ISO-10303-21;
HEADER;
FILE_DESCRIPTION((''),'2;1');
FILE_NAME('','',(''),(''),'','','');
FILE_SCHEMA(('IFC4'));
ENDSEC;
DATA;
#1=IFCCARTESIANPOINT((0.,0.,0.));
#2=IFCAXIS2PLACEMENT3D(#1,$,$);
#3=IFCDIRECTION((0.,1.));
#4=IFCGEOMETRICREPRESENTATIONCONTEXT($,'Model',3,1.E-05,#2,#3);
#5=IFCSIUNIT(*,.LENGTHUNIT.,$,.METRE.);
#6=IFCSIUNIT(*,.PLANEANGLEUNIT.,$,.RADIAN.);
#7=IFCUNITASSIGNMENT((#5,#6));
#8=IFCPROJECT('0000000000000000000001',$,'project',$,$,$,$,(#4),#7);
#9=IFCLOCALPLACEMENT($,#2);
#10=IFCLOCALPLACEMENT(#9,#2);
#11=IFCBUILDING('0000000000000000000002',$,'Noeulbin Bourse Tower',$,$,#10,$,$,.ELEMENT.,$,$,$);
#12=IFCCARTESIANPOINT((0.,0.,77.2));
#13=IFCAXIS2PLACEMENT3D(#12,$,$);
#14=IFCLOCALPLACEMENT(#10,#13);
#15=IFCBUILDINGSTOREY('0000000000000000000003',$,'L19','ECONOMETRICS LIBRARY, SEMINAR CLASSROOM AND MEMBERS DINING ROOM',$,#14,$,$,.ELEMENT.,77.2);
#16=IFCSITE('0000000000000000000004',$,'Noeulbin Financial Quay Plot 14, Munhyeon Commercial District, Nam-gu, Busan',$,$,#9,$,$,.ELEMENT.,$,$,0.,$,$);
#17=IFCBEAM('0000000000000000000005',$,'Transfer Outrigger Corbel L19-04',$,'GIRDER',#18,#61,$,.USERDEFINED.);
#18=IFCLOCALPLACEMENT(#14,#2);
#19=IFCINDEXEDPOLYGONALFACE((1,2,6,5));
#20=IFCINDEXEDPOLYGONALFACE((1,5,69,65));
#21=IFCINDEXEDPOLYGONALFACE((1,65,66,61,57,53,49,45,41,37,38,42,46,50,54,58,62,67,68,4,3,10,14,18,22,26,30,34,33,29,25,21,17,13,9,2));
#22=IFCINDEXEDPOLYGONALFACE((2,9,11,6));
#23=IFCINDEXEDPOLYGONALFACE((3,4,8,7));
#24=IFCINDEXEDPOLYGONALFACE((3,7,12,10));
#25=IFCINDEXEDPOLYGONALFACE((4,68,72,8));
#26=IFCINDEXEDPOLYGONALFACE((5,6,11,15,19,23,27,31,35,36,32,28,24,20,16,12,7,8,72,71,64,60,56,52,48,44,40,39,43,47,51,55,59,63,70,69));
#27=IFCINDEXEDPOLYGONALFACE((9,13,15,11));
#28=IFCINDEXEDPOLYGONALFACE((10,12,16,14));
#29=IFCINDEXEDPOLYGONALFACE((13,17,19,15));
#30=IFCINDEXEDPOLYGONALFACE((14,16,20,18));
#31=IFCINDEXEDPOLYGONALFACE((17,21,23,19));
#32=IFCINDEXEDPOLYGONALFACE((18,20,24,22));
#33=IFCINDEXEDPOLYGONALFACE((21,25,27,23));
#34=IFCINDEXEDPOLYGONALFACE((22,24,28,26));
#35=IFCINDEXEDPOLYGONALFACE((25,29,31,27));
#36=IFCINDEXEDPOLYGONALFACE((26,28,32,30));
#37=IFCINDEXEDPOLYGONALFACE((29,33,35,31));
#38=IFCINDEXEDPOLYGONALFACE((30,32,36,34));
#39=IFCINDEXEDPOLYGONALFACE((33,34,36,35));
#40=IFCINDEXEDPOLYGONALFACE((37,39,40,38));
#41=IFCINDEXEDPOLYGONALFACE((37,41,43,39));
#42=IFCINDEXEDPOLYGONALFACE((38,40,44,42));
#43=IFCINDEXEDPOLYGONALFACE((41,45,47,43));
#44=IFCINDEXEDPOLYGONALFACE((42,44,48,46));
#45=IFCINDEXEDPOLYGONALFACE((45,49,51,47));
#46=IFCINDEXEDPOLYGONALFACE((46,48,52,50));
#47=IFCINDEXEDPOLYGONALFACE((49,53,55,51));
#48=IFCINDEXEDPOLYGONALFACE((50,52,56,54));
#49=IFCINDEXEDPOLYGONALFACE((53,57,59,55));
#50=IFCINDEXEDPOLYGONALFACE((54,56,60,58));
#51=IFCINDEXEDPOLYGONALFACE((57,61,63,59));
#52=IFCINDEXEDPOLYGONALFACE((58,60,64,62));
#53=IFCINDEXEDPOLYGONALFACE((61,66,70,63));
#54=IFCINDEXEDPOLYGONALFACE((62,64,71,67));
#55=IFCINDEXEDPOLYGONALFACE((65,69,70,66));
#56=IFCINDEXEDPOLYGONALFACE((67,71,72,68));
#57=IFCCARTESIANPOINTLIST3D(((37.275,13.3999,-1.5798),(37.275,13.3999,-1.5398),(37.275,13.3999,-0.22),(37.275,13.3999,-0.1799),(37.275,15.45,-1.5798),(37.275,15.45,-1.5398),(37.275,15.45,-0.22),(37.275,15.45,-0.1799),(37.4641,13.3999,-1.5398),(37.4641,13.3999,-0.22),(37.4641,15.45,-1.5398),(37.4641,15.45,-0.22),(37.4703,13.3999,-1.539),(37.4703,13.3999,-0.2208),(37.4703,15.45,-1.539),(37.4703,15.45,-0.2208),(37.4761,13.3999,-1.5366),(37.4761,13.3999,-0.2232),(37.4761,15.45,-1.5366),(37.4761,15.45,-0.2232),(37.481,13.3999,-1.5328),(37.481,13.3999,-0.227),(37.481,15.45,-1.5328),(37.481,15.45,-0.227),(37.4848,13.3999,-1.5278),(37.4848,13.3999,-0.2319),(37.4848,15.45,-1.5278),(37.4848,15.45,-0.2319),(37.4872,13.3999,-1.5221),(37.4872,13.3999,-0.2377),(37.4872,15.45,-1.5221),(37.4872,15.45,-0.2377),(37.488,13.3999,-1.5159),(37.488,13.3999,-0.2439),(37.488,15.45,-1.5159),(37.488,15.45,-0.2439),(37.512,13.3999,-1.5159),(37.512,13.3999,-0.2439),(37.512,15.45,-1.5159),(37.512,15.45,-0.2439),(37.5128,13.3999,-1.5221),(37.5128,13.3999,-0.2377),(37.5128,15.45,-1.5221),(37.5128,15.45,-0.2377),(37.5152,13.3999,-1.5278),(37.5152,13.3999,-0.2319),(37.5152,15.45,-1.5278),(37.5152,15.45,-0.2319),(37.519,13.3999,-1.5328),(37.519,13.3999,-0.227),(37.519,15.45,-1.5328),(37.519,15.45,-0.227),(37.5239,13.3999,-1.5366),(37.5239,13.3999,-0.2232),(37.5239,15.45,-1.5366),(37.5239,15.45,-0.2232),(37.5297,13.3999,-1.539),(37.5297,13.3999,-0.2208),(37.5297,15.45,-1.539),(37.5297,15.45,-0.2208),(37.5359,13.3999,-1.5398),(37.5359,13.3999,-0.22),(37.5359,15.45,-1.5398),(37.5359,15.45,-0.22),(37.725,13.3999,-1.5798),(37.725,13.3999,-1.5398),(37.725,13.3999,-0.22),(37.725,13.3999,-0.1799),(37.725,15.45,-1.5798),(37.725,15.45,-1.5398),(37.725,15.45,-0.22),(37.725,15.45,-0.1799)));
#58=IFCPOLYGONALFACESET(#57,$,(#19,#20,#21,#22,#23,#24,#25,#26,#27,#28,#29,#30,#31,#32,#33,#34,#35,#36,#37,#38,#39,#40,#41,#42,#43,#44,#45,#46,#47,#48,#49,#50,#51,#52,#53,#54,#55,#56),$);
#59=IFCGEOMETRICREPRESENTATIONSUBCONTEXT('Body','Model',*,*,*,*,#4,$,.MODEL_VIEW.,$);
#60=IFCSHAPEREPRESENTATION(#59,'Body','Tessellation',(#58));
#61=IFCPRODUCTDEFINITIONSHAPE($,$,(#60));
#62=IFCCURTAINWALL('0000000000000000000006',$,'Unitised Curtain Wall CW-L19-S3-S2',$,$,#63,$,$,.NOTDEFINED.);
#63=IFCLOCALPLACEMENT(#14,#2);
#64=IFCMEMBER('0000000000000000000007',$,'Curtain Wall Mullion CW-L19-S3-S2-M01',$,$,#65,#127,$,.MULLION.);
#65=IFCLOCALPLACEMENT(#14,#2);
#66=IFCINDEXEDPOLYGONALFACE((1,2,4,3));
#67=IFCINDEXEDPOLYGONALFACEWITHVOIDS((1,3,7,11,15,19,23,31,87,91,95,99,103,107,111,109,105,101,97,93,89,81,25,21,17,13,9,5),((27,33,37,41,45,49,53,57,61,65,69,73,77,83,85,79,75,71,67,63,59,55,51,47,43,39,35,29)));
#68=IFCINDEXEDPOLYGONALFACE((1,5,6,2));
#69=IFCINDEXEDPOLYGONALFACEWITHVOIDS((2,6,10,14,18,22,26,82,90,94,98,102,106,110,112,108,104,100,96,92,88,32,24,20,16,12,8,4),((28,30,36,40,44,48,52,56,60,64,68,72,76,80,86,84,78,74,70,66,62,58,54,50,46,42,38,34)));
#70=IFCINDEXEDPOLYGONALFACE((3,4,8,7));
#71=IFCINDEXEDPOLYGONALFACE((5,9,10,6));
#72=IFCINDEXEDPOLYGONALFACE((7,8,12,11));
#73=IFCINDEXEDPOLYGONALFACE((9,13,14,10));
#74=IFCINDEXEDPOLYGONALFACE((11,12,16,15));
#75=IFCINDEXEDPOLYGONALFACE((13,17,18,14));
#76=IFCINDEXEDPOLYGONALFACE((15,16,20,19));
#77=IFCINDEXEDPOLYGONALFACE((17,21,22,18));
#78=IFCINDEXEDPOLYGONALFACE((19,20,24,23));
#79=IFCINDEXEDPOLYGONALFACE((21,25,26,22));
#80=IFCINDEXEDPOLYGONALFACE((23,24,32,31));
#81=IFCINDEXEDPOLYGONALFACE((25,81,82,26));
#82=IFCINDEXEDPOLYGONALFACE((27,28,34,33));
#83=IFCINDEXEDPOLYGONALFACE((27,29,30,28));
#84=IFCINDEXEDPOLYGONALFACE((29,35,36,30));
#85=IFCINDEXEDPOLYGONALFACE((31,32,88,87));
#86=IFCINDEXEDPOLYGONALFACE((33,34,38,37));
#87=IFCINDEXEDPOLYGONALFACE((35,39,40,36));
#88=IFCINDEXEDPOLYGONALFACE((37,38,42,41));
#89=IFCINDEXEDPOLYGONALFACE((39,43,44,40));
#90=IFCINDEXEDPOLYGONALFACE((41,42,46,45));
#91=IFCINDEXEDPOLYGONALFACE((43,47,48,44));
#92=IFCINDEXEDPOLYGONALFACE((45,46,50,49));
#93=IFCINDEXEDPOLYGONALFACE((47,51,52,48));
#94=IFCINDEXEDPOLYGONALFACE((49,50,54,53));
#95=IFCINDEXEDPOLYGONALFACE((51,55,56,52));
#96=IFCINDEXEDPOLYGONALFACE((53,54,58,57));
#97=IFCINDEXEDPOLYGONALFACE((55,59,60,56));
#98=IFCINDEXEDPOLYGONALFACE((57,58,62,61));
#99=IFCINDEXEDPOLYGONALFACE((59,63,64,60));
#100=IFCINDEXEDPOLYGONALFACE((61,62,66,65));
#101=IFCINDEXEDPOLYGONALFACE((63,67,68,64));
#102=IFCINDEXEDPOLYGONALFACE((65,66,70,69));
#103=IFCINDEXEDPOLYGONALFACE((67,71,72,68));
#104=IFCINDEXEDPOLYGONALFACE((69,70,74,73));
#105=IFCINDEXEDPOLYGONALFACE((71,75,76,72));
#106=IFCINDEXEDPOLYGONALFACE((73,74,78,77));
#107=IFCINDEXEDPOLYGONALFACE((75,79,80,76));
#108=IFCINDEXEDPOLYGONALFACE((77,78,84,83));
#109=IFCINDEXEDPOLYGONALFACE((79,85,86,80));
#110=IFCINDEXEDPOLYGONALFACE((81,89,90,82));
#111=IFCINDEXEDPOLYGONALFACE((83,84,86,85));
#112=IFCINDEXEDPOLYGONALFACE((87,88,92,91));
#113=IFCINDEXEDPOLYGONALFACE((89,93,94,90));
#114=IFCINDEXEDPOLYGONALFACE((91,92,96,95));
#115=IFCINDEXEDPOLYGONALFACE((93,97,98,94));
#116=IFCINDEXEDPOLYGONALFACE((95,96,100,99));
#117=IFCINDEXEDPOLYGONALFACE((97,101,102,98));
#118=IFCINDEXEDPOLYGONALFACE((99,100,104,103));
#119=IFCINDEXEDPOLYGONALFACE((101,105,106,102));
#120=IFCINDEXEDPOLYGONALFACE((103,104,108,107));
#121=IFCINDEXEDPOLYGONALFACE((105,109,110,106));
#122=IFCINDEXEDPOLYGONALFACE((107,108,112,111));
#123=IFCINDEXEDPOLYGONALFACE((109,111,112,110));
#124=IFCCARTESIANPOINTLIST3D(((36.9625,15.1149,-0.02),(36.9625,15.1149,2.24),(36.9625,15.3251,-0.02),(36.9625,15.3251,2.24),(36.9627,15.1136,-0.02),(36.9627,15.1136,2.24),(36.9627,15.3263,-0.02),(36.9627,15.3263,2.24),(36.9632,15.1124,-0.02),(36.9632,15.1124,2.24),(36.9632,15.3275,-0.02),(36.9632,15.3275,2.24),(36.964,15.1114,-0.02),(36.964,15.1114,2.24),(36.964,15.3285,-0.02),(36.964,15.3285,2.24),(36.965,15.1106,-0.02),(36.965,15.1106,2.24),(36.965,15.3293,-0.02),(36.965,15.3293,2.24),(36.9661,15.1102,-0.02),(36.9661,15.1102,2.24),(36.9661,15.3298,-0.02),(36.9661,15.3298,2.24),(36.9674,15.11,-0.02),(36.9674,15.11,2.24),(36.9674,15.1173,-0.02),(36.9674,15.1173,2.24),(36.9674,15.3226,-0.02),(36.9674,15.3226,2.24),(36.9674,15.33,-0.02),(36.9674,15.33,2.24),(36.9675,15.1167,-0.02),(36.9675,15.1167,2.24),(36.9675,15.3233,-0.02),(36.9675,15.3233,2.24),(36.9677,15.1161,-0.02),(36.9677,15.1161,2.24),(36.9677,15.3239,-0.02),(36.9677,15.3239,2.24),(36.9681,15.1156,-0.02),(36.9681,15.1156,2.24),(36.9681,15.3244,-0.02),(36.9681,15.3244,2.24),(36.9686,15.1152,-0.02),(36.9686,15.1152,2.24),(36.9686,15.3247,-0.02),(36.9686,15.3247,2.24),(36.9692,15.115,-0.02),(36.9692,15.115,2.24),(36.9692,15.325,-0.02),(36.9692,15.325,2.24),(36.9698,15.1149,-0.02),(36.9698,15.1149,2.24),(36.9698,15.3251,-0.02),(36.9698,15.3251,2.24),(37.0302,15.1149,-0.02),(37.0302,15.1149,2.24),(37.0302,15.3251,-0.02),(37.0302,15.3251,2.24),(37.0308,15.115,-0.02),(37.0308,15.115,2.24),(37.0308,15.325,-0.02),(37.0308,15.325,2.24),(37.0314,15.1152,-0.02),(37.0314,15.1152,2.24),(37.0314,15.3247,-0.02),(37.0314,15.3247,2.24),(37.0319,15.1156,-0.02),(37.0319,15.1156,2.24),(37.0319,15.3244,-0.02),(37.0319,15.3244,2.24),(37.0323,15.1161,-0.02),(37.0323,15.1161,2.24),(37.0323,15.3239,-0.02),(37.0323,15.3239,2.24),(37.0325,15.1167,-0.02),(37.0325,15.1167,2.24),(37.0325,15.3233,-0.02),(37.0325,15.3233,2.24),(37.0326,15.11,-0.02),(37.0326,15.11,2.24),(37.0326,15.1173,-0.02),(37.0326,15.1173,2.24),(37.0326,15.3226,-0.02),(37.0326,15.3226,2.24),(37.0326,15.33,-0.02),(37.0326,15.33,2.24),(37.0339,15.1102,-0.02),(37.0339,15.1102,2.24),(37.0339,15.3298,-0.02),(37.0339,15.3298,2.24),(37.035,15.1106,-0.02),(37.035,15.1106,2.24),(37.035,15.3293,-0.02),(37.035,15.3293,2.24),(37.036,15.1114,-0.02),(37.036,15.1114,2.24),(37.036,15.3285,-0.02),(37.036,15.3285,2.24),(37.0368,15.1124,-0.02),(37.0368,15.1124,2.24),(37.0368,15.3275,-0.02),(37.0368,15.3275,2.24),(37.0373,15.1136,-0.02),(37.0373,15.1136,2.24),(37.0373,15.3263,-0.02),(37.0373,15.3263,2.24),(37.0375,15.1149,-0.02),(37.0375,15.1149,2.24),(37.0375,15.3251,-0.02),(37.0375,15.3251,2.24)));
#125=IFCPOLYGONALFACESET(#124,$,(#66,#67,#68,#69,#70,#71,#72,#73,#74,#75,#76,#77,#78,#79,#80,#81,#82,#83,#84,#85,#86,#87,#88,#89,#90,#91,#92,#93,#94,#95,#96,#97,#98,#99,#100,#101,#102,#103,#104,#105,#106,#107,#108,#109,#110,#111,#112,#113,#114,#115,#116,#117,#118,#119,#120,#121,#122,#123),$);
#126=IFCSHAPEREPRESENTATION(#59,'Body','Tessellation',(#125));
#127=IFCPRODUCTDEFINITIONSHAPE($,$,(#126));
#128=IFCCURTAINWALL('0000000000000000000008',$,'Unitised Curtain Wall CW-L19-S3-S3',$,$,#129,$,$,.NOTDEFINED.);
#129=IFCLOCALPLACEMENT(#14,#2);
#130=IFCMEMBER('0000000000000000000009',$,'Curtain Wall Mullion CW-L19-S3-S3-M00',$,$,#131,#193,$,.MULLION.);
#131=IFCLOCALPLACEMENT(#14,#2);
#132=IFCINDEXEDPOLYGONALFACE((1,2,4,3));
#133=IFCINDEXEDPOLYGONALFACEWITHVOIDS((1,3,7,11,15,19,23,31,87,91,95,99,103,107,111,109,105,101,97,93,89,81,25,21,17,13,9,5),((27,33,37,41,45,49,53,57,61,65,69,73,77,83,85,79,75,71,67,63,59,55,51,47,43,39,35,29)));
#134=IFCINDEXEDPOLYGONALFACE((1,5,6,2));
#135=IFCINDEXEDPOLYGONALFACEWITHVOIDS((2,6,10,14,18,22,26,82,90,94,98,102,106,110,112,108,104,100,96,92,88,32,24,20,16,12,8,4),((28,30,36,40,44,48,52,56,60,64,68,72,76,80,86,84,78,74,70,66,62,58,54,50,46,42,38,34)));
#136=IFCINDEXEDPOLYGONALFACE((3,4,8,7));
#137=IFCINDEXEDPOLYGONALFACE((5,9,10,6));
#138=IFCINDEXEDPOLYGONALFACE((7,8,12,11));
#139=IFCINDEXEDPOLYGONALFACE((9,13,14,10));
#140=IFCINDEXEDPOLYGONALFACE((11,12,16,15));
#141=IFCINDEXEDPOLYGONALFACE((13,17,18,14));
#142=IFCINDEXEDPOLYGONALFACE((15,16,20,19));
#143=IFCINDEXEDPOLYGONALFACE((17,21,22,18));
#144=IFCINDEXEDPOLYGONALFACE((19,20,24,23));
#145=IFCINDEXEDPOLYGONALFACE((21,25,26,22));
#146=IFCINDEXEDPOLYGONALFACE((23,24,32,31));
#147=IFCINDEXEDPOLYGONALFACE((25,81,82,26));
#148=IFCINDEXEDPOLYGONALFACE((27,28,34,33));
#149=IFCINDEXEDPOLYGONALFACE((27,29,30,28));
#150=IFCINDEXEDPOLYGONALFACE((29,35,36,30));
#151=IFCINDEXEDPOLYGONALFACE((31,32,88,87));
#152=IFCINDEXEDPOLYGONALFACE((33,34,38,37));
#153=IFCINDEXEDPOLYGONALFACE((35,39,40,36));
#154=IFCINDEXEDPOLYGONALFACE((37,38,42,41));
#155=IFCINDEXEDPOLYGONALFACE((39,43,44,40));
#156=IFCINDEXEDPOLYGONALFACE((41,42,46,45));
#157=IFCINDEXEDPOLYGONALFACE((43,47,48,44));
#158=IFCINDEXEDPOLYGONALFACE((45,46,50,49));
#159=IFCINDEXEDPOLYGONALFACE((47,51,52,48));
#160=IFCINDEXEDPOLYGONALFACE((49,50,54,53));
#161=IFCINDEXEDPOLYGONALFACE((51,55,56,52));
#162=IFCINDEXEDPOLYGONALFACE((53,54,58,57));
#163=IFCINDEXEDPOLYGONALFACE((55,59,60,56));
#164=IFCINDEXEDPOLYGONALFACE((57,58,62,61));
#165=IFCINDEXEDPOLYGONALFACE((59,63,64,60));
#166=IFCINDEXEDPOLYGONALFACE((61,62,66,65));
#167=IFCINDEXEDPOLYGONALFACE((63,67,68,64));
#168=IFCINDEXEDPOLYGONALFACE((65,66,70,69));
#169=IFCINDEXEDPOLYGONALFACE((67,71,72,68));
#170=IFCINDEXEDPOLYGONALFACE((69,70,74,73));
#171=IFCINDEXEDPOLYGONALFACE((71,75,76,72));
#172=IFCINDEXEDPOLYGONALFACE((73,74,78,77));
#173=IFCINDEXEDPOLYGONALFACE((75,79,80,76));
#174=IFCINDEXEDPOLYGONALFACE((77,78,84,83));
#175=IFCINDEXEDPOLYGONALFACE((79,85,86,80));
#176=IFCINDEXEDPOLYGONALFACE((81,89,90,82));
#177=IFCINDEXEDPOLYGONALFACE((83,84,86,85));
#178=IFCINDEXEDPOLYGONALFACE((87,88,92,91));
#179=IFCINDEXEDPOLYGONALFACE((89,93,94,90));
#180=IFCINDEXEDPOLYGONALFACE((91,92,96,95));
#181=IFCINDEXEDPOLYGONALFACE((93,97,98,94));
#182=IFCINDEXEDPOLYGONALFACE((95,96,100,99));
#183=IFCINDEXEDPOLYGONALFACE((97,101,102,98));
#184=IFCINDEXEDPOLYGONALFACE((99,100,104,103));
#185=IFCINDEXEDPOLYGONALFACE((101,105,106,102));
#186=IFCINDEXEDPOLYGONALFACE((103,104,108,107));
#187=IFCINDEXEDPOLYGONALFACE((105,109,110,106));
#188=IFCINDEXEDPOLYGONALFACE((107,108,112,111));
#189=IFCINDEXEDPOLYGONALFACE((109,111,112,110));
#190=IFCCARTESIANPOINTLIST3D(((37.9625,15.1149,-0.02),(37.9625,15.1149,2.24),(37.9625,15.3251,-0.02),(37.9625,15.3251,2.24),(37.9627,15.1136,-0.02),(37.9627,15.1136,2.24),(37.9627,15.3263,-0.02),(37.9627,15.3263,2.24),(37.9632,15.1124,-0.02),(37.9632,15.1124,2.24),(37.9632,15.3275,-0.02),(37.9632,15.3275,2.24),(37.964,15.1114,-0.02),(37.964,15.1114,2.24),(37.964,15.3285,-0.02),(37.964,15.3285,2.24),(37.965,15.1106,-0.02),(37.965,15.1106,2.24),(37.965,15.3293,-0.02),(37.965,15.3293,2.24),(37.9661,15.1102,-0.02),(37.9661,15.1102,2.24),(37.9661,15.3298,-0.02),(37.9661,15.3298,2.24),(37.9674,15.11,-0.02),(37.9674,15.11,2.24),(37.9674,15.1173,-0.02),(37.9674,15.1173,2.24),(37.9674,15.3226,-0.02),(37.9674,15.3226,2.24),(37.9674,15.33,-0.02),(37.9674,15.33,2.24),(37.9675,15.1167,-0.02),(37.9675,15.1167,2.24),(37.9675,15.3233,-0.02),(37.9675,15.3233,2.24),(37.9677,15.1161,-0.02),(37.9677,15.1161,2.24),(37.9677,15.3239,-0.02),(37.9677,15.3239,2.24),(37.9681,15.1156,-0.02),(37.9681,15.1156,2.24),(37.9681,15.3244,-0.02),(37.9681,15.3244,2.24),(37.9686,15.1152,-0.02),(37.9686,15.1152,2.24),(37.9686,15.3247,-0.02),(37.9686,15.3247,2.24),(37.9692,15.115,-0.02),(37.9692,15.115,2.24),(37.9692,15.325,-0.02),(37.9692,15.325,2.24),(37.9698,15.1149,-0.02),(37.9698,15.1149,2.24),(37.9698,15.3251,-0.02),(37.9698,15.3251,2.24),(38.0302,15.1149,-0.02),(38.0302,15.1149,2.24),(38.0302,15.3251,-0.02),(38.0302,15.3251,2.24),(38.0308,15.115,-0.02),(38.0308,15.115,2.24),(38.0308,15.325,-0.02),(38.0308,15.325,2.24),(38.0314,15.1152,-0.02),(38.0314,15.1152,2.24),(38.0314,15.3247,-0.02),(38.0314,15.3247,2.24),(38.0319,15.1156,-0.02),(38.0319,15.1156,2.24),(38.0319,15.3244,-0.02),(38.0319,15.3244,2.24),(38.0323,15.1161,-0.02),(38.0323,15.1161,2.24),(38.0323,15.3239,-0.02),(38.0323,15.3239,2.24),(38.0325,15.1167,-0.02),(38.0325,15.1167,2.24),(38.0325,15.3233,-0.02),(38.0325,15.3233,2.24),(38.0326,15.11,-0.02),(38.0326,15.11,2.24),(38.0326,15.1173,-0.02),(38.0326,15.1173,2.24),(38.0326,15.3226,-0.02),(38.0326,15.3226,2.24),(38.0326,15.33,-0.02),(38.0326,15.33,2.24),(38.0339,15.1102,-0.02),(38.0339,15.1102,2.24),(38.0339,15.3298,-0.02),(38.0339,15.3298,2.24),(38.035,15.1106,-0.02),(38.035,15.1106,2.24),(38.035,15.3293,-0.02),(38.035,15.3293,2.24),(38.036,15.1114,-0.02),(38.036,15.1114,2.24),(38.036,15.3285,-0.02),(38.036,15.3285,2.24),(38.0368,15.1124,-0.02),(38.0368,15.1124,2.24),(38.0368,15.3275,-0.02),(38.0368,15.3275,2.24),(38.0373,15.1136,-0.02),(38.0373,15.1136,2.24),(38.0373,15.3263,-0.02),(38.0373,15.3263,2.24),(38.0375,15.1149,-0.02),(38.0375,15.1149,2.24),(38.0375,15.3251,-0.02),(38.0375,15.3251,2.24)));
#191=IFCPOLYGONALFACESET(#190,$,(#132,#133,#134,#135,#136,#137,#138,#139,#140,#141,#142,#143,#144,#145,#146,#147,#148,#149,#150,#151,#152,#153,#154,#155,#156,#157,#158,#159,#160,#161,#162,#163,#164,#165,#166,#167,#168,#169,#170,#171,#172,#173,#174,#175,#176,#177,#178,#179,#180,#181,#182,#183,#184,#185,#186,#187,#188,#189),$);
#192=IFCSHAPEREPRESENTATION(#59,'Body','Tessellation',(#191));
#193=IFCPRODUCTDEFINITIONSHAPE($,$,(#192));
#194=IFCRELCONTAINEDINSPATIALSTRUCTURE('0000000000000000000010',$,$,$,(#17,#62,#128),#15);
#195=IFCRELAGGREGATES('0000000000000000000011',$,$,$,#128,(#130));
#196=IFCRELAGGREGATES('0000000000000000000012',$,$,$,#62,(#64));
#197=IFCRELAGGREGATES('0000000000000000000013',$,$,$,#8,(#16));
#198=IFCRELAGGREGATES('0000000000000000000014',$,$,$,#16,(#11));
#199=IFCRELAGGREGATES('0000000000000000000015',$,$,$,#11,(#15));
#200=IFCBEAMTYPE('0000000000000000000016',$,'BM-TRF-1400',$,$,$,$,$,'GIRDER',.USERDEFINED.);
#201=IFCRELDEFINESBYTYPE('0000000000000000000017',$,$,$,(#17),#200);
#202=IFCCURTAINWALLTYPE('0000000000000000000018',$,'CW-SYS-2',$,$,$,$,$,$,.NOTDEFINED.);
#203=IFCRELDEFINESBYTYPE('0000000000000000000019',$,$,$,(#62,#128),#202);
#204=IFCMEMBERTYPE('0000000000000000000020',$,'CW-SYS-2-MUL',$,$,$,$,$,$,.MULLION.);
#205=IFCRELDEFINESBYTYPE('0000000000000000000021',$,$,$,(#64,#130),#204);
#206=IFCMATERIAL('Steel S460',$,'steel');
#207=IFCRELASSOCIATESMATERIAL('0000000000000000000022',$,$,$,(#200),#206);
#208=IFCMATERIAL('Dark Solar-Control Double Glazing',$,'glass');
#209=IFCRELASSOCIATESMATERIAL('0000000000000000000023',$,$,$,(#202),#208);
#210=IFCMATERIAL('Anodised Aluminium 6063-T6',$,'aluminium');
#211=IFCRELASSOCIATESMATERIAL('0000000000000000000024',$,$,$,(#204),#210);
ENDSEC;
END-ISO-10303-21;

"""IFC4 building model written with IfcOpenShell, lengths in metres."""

from ifc_helpers import new_model, si_unit, direction, frame, origin, origin_2d, place, context, subcontext, project, spatial, hollow_rectangle, i_section, extrude, material, material_profile, profile_set, type_object, element, aggregate, save


model = new_model("IFC4")

# Units and contexts
model_context = context("Model", 3, precision=1e-05, world=origin(), true_north=direction((0.0, 1.0)))
body_context = subcontext(model_context, "Body", "Model", "MODEL_VIEW")
ifc_project = project(units=[si_unit("LENGTHUNIT", "METRE"), si_unit("PLANEANGLEUNIT", "RADIAN")], contexts=[model_context])

# Site, building, storey
site_placement = place(None, origin())
site = spatial("IfcSite", under=ifc_project, at=site_placement, Name="Noeulbin Financial Quay Plot 14, Munhyeon Commercial District, Nam-gu, Busan", CompositionType="ELEMENT", RefElevation=0.0)
building_placement = place(site_placement, origin())
building = spatial("IfcBuilding", under=site, at=building_placement, Name="Noeulbin Bourse Tower", CompositionType="ELEMENT")
storey_placement = place(building_placement, frame((0.0, 0.0, 77.2)))
storey = spatial("IfcBuildingStorey", under=building, at=storey_placement, Name="L19", Description="ECONOMETRICS LIBRARY, SEMINAR CLASSROOM AND MEMBERS DINING ROOM", CompositionType="ELEMENT", Elevation=77.2)

# Shared definitions
ifc_material_1 = material(Name="Steel S460", Category="steel")

# Beam
ifc_material_profile_1 = material_profile(ifc_material_1, i_section(OverallWidth=0.45, OverallDepth=1.3999, WebThickness=0.0239, FlangeThickness=0.04, FilletRadius=0.0239, at=origin_2d()), Name="PG-1400x450x24x40", Category="LoadBearing")
ifc_profile_set_1 = profile_set([ifc_material_profile_1], Name="Steel S460")
beam_type_1 = type_object("IfcBeamType", Name="BM-TRF-1400", ElementType="GIRDER", PredefinedType="USERDEFINED", material=ifc_profile_set_1)
beam_1_placement = place(storey_placement, frame((37.5, 13.3999, -0.8799), z_axis=(0.0, 1.0, 0.0), x_axis=(-1.0, 0.0, 0.0)))
element("IfcBeam", 1, at=beam_1_placement, inside=storey, type_object=beam_type_1, Name="Transfer Outrigger Corbel L19-04", ObjectType="GIRDER", PredefinedType="USERDEFINED", context=body_context, shape_type="SweptSolid", body=[
    extrude(i_section(OverallWidth=0.45, OverallDepth=1.3999, WebThickness=0.0239, FlangeThickness=0.04, FilletRadius=0.0239, at=origin_2d()), origin(), (0.0, 0.0, 1.0), 2.05),
])

# Curtain wall, member
ifc_material_2 = material(Name="Dark Solar-Control Double Glazing", Category="glass")
curtain_wall_type = type_object("IfcCurtainWallType", Name="CW-SYS-2", PredefinedType="NOTDEFINED", material=ifc_material_2)
curtain_wall_1_placement = place(storey_placement, origin())
curtain_wall_1 = element("IfcCurtainWall", 2, at=curtain_wall_1_placement, inside=storey, type_object=curtain_wall_type, Name="Unitised Curtain Wall CW-L19-S3-S2", PredefinedType="NOTDEFINED")
ifc_material_3 = material(Name="Anodised Aluminium 6063-T6", Category="aluminium")
ifc_material_profile_2 = material_profile(ifc_material_3, hollow_rectangle(XDim=0.075, YDim=0.22, WallThickness=0.0049, InnerFilletRadius=0.0024, OuterFilletRadius=0.0049, at=origin_2d()), Name="ALU-MULL-75x220x5", Category="LoadBearing")
ifc_profile_set_2 = profile_set([ifc_material_profile_2], Name="Anodised Aluminium 6063-T6")
member_type_1 = type_object("IfcMemberType", Name="CW-SYS-2-MUL", PredefinedType="MULLION", material=ifc_profile_set_2)
member_1_placement = place(storey_placement, frame((37.0, 15.22, -0.02), z_axis=(0.0, 0.0, 1.0), x_axis=(1.0, 0.0, 0.0)))
member_1 = element("IfcMember", 3, at=member_1_placement, type_object=member_type_1, Name="Curtain Wall Mullion CW-L19-S3-S2-M01", PredefinedType="MULLION", context=body_context, shape_type="SweptSolid", body=[
    extrude(hollow_rectangle(XDim=0.075, YDim=0.22, WallThickness=0.0049, InnerFilletRadius=0.0024, OuterFilletRadius=0.0049, at=origin_2d()), origin(), (0.0, 0.0, 1.0), 2.26),
])

# Curtain wall, member
curtain_wall_2_placement = place(storey_placement, origin())
curtain_wall_2 = element("IfcCurtainWall", 4, at=curtain_wall_2_placement, inside=storey, type_object=curtain_wall_type, Name="Unitised Curtain Wall CW-L19-S3-S3", PredefinedType="NOTDEFINED")
member_2_placement = place(storey_placement, frame((38.0, 15.22, -0.02), z_axis=(0.0, 0.0, 1.0), x_axis=(1.0, 0.0, 0.0)))
member_2 = element("IfcMember", 5, at=member_2_placement, type_object=member_type_1, Name="Curtain Wall Mullion CW-L19-S3-S3-M00", PredefinedType="MULLION", context=body_context, shape_type="SweptSolid", body=[
    extrude(hollow_rectangle(XDim=0.075, YDim=0.22, WallThickness=0.0049, InnerFilletRadius=0.0024, OuterFilletRadius=0.0049, at=origin_2d()), origin(), (0.0, 0.0, 1.0), 2.26),
])
aggregate(curtain_wall_2, [member_2])

aggregate(curtain_wall_1, [member_1])

save(model, "model.ifc")
